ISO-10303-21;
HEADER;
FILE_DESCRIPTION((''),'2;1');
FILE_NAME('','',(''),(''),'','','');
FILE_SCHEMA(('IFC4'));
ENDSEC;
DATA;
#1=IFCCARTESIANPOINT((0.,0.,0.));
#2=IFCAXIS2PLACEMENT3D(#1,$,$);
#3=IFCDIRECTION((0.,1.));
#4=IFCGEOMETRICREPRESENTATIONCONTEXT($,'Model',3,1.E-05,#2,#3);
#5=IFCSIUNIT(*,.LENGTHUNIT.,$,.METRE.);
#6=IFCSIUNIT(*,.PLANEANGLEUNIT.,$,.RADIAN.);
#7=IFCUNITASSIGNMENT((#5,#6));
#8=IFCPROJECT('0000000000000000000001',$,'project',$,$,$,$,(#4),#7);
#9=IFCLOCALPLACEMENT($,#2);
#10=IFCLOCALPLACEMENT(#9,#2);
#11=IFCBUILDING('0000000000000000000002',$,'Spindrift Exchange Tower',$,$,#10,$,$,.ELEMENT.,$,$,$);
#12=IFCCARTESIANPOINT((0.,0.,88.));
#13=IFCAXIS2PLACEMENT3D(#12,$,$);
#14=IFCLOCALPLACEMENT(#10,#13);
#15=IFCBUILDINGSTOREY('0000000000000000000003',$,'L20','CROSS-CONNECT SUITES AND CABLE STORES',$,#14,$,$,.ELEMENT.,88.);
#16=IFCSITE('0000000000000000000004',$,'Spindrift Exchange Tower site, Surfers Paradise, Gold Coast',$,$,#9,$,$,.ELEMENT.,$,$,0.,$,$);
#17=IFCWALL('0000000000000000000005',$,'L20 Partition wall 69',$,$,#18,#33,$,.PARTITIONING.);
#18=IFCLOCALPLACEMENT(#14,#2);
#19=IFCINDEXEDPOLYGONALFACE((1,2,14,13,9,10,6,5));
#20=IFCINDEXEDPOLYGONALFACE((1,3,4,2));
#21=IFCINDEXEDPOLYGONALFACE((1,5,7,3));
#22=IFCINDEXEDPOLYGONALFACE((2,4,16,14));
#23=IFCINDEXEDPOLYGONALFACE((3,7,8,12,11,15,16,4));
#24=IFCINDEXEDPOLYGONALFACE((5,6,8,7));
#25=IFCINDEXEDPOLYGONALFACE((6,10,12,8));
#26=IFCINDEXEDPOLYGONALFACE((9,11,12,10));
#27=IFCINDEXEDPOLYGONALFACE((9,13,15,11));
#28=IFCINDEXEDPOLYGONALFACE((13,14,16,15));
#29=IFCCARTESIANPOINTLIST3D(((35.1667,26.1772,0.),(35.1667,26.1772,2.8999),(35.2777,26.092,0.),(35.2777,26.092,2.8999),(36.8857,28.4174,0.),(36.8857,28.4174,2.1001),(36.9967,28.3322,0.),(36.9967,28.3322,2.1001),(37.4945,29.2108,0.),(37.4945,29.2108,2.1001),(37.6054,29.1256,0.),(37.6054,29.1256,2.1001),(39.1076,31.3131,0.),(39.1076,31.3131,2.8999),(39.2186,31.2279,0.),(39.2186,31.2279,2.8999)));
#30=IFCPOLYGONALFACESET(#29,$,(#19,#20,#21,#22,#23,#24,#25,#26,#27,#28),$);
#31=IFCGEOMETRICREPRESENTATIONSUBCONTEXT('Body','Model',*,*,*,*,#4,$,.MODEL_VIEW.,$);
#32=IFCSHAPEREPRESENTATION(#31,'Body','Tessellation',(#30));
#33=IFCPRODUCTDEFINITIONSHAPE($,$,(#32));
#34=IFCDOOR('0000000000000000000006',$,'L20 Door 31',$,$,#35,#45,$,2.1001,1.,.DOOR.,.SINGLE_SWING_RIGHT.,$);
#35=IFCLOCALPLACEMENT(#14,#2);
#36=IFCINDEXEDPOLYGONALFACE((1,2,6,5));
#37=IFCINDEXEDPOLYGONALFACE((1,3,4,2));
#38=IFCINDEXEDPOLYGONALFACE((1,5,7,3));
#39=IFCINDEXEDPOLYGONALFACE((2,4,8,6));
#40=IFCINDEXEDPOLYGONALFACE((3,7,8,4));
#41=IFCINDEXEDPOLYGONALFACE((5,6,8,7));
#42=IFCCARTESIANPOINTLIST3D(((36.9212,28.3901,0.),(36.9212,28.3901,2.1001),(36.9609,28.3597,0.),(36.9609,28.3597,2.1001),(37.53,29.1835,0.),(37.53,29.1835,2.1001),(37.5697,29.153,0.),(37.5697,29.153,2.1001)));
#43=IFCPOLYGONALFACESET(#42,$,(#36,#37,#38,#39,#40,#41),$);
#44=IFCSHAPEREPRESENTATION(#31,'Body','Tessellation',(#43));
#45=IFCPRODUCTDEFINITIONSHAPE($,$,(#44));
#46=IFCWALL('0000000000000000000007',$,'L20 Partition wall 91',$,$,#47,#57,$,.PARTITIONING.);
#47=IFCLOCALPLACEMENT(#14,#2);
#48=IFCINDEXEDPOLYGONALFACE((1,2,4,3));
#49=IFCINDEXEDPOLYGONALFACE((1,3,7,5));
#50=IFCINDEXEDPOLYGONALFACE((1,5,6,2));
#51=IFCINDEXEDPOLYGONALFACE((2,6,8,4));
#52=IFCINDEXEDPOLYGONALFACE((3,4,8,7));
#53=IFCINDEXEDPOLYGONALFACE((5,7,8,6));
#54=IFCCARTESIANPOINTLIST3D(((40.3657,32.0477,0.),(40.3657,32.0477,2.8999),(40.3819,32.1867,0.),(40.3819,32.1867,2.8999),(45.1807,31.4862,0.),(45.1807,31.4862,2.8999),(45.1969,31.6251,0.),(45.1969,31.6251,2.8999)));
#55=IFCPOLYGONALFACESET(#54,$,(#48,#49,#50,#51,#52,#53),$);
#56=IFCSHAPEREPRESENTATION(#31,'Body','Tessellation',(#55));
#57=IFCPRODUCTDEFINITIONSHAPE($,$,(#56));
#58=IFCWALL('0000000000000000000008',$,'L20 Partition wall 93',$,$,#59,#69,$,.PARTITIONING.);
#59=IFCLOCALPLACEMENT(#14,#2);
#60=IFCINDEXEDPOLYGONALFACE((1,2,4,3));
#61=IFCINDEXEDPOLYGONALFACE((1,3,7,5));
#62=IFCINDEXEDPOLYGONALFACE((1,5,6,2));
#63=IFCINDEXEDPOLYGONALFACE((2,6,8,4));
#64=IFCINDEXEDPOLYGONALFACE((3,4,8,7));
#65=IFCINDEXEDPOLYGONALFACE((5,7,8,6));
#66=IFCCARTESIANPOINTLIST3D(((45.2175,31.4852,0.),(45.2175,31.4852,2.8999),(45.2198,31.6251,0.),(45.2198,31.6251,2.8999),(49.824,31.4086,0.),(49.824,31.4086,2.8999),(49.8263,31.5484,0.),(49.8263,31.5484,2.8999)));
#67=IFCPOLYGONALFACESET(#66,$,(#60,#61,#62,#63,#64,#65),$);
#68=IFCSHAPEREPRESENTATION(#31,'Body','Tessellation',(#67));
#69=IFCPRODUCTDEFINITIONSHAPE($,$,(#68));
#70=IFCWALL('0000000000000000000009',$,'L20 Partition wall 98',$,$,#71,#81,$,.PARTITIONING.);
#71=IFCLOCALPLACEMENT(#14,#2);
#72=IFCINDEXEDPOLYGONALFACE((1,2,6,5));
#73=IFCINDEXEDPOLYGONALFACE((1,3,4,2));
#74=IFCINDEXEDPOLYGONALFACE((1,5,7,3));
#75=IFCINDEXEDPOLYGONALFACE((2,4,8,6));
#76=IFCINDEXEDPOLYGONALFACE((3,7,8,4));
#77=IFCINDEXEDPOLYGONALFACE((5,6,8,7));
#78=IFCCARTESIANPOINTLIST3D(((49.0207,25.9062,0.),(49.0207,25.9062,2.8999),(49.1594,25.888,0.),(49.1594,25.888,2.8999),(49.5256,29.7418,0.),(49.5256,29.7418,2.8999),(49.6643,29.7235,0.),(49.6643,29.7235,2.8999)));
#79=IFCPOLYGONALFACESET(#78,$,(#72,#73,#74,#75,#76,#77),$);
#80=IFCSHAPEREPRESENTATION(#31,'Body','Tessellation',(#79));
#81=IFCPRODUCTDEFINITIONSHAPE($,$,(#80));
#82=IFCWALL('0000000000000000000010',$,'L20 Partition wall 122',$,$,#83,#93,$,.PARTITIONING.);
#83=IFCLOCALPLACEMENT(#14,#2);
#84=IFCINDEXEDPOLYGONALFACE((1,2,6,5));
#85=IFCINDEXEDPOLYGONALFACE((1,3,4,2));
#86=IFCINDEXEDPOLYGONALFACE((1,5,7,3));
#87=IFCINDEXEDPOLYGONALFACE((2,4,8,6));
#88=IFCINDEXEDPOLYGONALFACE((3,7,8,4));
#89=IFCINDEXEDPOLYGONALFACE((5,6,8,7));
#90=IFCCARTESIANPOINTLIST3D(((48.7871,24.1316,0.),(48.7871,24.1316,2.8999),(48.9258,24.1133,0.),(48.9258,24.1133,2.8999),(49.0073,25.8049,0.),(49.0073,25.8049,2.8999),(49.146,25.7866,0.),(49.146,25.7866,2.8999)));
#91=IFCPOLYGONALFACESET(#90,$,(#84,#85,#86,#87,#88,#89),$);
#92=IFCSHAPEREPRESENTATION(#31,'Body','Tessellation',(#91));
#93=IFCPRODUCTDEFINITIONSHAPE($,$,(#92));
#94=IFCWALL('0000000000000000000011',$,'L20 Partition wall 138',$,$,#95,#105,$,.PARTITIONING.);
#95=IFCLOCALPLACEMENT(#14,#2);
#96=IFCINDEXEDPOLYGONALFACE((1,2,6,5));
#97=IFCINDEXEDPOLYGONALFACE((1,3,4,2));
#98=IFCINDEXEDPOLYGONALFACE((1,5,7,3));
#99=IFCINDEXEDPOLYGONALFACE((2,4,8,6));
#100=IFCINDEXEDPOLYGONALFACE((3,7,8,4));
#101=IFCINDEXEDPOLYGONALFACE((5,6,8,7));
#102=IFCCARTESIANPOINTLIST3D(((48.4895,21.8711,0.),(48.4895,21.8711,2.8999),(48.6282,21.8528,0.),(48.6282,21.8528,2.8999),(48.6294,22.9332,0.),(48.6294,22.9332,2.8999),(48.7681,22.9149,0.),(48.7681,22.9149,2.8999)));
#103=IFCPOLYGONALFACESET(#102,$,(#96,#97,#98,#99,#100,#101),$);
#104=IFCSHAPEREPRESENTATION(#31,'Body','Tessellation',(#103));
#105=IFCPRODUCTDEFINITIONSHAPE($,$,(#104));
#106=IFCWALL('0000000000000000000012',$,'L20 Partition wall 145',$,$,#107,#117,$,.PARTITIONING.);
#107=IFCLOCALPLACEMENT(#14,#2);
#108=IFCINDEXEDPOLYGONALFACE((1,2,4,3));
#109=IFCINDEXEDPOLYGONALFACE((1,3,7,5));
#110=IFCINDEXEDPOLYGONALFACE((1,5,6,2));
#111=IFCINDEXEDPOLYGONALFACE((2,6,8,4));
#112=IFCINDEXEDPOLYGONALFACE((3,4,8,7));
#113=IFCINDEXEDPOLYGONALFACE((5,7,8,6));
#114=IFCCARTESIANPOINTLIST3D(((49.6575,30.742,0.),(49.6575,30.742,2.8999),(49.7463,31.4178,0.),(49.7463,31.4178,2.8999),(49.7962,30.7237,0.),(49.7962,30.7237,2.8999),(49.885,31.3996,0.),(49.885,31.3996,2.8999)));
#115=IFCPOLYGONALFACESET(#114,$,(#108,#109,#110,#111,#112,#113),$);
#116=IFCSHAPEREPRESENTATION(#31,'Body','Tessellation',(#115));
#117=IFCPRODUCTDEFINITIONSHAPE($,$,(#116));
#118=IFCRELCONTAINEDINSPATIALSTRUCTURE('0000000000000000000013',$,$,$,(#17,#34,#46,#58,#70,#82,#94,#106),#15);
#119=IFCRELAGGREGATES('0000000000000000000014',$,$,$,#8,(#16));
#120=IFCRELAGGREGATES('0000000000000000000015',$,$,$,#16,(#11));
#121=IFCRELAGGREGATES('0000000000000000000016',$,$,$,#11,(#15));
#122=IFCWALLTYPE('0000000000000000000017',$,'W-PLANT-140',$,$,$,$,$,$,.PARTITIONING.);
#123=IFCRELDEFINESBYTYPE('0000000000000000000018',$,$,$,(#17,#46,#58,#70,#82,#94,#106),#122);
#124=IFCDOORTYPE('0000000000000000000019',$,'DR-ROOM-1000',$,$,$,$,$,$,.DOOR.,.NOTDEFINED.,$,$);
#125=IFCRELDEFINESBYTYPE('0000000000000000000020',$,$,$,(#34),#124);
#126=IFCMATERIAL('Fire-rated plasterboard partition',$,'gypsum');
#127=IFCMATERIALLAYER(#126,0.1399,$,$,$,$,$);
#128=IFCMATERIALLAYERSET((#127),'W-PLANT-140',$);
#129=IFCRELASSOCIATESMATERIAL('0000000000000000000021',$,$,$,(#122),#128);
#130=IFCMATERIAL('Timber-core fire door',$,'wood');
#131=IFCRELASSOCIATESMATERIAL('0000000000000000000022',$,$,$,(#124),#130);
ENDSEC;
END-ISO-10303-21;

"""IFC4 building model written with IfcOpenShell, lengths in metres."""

from ifc_helpers import new_model, si_unit, direction, frame, frame_2d, origin, place, context, subcontext, project, spatial, rectangle, extrude, source, transform, mapped, material, layer, layer_set, type_object, element, fill, save


model = new_model("IFC4")

# Units and contexts
model_context = context("Model", 3, precision=1e-05, world=origin(), true_north=direction((0.0, 1.0)))
body_context = subcontext(model_context, "Body", "Model", "MODEL_VIEW")
ifc_project = project(units=[si_unit("LENGTHUNIT", "METRE"), si_unit("PLANEANGLEUNIT", "RADIAN")], contexts=[model_context])

# Site, building, storey
site_placement = place(None, origin())
site = spatial("IfcSite", under=ifc_project, at=site_placement, Name="Spindrift Exchange Tower site, Surfers Paradise, Gold Coast", CompositionType="ELEMENT", RefElevation=0.0)
building_placement = place(site_placement, origin())
building = spatial("IfcBuilding", under=site, at=building_placement, Name="Spindrift Exchange Tower", CompositionType="ELEMENT")
storey_placement = place(building_placement, frame((0.0, 0.0, 88.0)))
storey = spatial("IfcBuildingStorey", under=building, at=storey_placement, Name="L20", Description="CROSS-CONNECT SUITES AND CABLE STORES", CompositionType="ELEMENT", Elevation=88.0)

# Wall, opening, door
ifc_material_1 = material(Name="Fire-rated plasterboard partition", Category="gypsum")
ifc_layer_1 = layer(ifc_material_1, 0.1399)
ifc_layer_set_1 = layer_set([ifc_layer_1], Name="W-PLANT-140")
wall_type = type_object("IfcWallType", Name="W-PLANT-140", PredefinedType="PARTITIONING", material=ifc_layer_set_1)
ifc_material_2 = material(Name="Timber-core fire door", Category="wood")
door_type = type_object("IfcDoorType", Name="DR-ROOM-1000", OperationType="NOTDEFINED", PredefinedType="DOOR", material=ifc_material_2)
shared_shape_1 = source(origin(), body_context, "Body", "SweptSolid", [
    extrude(rectangle(XDim=1.0, YDim=2.1001, at=frame_2d((0.5, 1.05))), frame((0.0, 0.0249, 0.0), z_axis=(0.0, -1.0, 0.0), x_axis=(1.0, 0.0, 0.0)), (0.0, 0.0, 1.0), 0.05),
])
wall_1_placement = place(storey_placement, frame((39.1631, 31.2705, 0.0), z_axis=(0.0, 0.0, 1.0), x_axis=(-0.608755, -0.793358, 0.0)))
wall_1 = element("IfcWall", 1, at=wall_1_placement, inside=storey, type_object=wall_type, Name="L20 Partition wall 69", PredefinedType="PARTITIONING", context=body_context, shape_type="SweptSolid", body=[
    extrude(rectangle(XDim=6.4736, YDim=0.1399, at=frame_2d((3.2368, 0.0))), origin(), (0.0, 0.0, 1.0), 2.8999),
])
opening_1_placement = place(wall_1_placement, frame((2.6499, 0.0, 0.0)))
opening_1 = element("IfcOpeningElement", 2, at=opening_1_placement, cuts=wall_1, PredefinedType="OPENING", context=body_context, shape_type="SweptSolid", body=[
    extrude(rectangle(XDim=1.0, YDim=2.1001, at=frame_2d((0.5, 1.05))), frame((0.0, 0.0798, 0.0), z_axis=(0.0, -1.0, 0.0), x_axis=(1.0, 0.0, 0.0)), (0.0, 0.0, 1.0), 0.1599),
])
door_1_placement = place(opening_1_placement, origin())
door_1 = element("IfcDoor", 3, at=door_1_placement, inside=storey, type_object=door_type, Name="L20 Door 31", OperationType="SINGLE_SWING_RIGHT", OverallHeight=2.1001, OverallWidth=1.0, PredefinedType="DOOR", context=body_context, shape_type="MappedRepresentation", body=[
    mapped(shared_shape_1, transform((0.0, 0.0, 0.0), scale=1.0)),
])
fill(opening_1, door_1)

# Walls
wall_2_placement = place(storey_placement, frame((40.3738, 32.1172, 0.0), z_axis=(0.0, 0.0, 1.0), x_axis=(0.993268, -0.115836, 0.0)))
element("IfcWall", 4, at=wall_2_placement, inside=storey, type_object=wall_type, Name="L20 Partition wall 91", PredefinedType="PARTITIONING", context=body_context, shape_type="SweptSolid", body=[
    extrude(rectangle(XDim=4.8477, YDim=0.1399, at=frame_2d((2.4238, 0.0))), origin(), (0.0, 0.0, 1.0), 2.8999),
])
wall_3_placement = place(storey_placement, frame((45.2185, 31.5552, 0.0), z_axis=(0.0, 0.0, 1.0), x_axis=(0.999862, -0.01664, 0.0)))
element("IfcWall", 5, at=wall_3_placement, inside=storey, type_object=wall_type, Name="L20 Partition wall 93", PredefinedType="PARTITIONING", context=body_context, shape_type="SweptSolid", body=[
    extrude(rectangle(XDim=4.6072, YDim=0.1399, at=frame_2d((2.3037, 0.0))), origin(), (0.0, 0.0, 1.0), 2.8999),
])
wall_4_placement = place(storey_placement, frame((49.595, 29.7327, 0.0), z_axis=(0.0, 0.0, 1.0), x_axis=(-0.13051, -0.991447, 0.0)))
element("IfcWall", 6, at=wall_4_placement, inside=storey, type_object=wall_type, Name="L20 Partition wall 98", PredefinedType="PARTITIONING", context=body_context, shape_type="SweptSolid", body=[
    extrude(rectangle(XDim=3.8687, YDim=0.1399, at=frame_2d((1.9343, 0.0))), origin(), (0.0, 0.0, 1.0), 2.8999),
])
wall_5_placement = place(storey_placement, frame((49.0767, 25.7957, 0.0), z_axis=(0.0, 0.0, 1.0), x_axis=(-0.130477, -0.991451, 0.0)))
element("IfcWall", 7, at=wall_5_placement, inside=storey, type_object=wall_type, Name="L20 Partition wall 122", PredefinedType="PARTITIONING", context=body_context, shape_type="SweptSolid", body=[
    extrude(rectangle(XDim=1.6877, YDim=0.1399, at=frame_2d((0.8438, 0.0))), origin(), (0.0, 0.0, 1.0), 2.8999),
])
wall_6_placement = place(storey_placement, frame((48.6987, 22.9241, 0.0), z_axis=(0.0, 0.0, 1.0), x_axis=(-0.130596, -0.991436, 0.0)))
element("IfcWall", 8, at=wall_6_placement, inside=storey, type_object=wall_type, Name="L20 Partition wall 138", PredefinedType="PARTITIONING", context=body_context, shape_type="SweptSolid", body=[
    extrude(rectangle(XDim=1.0713, YDim=0.1399, at=frame_2d((0.5356, 0.0))), origin(), (0.0, 0.0, 1.0), 2.8999),
])
wall_7_placement = place(storey_placement, frame((49.8157, 31.4087, 0.0), z_axis=(0.0, 0.0, 1.0), x_axis=(-0.13038, -0.991464, 0.0)))
element("IfcWall", 9, at=wall_7_placement, inside=storey, type_object=wall_type, Name="L20 Partition wall 145", PredefinedType="PARTITIONING", context=body_context, shape_type="SweptSolid", body=[
    extrude(rectangle(XDim=0.6816, YDim=0.1399, at=frame_2d((0.3408, 0.0))), origin(), (0.0, 0.0, 1.0), 2.8999),
])

save(model, "model.ifc")
